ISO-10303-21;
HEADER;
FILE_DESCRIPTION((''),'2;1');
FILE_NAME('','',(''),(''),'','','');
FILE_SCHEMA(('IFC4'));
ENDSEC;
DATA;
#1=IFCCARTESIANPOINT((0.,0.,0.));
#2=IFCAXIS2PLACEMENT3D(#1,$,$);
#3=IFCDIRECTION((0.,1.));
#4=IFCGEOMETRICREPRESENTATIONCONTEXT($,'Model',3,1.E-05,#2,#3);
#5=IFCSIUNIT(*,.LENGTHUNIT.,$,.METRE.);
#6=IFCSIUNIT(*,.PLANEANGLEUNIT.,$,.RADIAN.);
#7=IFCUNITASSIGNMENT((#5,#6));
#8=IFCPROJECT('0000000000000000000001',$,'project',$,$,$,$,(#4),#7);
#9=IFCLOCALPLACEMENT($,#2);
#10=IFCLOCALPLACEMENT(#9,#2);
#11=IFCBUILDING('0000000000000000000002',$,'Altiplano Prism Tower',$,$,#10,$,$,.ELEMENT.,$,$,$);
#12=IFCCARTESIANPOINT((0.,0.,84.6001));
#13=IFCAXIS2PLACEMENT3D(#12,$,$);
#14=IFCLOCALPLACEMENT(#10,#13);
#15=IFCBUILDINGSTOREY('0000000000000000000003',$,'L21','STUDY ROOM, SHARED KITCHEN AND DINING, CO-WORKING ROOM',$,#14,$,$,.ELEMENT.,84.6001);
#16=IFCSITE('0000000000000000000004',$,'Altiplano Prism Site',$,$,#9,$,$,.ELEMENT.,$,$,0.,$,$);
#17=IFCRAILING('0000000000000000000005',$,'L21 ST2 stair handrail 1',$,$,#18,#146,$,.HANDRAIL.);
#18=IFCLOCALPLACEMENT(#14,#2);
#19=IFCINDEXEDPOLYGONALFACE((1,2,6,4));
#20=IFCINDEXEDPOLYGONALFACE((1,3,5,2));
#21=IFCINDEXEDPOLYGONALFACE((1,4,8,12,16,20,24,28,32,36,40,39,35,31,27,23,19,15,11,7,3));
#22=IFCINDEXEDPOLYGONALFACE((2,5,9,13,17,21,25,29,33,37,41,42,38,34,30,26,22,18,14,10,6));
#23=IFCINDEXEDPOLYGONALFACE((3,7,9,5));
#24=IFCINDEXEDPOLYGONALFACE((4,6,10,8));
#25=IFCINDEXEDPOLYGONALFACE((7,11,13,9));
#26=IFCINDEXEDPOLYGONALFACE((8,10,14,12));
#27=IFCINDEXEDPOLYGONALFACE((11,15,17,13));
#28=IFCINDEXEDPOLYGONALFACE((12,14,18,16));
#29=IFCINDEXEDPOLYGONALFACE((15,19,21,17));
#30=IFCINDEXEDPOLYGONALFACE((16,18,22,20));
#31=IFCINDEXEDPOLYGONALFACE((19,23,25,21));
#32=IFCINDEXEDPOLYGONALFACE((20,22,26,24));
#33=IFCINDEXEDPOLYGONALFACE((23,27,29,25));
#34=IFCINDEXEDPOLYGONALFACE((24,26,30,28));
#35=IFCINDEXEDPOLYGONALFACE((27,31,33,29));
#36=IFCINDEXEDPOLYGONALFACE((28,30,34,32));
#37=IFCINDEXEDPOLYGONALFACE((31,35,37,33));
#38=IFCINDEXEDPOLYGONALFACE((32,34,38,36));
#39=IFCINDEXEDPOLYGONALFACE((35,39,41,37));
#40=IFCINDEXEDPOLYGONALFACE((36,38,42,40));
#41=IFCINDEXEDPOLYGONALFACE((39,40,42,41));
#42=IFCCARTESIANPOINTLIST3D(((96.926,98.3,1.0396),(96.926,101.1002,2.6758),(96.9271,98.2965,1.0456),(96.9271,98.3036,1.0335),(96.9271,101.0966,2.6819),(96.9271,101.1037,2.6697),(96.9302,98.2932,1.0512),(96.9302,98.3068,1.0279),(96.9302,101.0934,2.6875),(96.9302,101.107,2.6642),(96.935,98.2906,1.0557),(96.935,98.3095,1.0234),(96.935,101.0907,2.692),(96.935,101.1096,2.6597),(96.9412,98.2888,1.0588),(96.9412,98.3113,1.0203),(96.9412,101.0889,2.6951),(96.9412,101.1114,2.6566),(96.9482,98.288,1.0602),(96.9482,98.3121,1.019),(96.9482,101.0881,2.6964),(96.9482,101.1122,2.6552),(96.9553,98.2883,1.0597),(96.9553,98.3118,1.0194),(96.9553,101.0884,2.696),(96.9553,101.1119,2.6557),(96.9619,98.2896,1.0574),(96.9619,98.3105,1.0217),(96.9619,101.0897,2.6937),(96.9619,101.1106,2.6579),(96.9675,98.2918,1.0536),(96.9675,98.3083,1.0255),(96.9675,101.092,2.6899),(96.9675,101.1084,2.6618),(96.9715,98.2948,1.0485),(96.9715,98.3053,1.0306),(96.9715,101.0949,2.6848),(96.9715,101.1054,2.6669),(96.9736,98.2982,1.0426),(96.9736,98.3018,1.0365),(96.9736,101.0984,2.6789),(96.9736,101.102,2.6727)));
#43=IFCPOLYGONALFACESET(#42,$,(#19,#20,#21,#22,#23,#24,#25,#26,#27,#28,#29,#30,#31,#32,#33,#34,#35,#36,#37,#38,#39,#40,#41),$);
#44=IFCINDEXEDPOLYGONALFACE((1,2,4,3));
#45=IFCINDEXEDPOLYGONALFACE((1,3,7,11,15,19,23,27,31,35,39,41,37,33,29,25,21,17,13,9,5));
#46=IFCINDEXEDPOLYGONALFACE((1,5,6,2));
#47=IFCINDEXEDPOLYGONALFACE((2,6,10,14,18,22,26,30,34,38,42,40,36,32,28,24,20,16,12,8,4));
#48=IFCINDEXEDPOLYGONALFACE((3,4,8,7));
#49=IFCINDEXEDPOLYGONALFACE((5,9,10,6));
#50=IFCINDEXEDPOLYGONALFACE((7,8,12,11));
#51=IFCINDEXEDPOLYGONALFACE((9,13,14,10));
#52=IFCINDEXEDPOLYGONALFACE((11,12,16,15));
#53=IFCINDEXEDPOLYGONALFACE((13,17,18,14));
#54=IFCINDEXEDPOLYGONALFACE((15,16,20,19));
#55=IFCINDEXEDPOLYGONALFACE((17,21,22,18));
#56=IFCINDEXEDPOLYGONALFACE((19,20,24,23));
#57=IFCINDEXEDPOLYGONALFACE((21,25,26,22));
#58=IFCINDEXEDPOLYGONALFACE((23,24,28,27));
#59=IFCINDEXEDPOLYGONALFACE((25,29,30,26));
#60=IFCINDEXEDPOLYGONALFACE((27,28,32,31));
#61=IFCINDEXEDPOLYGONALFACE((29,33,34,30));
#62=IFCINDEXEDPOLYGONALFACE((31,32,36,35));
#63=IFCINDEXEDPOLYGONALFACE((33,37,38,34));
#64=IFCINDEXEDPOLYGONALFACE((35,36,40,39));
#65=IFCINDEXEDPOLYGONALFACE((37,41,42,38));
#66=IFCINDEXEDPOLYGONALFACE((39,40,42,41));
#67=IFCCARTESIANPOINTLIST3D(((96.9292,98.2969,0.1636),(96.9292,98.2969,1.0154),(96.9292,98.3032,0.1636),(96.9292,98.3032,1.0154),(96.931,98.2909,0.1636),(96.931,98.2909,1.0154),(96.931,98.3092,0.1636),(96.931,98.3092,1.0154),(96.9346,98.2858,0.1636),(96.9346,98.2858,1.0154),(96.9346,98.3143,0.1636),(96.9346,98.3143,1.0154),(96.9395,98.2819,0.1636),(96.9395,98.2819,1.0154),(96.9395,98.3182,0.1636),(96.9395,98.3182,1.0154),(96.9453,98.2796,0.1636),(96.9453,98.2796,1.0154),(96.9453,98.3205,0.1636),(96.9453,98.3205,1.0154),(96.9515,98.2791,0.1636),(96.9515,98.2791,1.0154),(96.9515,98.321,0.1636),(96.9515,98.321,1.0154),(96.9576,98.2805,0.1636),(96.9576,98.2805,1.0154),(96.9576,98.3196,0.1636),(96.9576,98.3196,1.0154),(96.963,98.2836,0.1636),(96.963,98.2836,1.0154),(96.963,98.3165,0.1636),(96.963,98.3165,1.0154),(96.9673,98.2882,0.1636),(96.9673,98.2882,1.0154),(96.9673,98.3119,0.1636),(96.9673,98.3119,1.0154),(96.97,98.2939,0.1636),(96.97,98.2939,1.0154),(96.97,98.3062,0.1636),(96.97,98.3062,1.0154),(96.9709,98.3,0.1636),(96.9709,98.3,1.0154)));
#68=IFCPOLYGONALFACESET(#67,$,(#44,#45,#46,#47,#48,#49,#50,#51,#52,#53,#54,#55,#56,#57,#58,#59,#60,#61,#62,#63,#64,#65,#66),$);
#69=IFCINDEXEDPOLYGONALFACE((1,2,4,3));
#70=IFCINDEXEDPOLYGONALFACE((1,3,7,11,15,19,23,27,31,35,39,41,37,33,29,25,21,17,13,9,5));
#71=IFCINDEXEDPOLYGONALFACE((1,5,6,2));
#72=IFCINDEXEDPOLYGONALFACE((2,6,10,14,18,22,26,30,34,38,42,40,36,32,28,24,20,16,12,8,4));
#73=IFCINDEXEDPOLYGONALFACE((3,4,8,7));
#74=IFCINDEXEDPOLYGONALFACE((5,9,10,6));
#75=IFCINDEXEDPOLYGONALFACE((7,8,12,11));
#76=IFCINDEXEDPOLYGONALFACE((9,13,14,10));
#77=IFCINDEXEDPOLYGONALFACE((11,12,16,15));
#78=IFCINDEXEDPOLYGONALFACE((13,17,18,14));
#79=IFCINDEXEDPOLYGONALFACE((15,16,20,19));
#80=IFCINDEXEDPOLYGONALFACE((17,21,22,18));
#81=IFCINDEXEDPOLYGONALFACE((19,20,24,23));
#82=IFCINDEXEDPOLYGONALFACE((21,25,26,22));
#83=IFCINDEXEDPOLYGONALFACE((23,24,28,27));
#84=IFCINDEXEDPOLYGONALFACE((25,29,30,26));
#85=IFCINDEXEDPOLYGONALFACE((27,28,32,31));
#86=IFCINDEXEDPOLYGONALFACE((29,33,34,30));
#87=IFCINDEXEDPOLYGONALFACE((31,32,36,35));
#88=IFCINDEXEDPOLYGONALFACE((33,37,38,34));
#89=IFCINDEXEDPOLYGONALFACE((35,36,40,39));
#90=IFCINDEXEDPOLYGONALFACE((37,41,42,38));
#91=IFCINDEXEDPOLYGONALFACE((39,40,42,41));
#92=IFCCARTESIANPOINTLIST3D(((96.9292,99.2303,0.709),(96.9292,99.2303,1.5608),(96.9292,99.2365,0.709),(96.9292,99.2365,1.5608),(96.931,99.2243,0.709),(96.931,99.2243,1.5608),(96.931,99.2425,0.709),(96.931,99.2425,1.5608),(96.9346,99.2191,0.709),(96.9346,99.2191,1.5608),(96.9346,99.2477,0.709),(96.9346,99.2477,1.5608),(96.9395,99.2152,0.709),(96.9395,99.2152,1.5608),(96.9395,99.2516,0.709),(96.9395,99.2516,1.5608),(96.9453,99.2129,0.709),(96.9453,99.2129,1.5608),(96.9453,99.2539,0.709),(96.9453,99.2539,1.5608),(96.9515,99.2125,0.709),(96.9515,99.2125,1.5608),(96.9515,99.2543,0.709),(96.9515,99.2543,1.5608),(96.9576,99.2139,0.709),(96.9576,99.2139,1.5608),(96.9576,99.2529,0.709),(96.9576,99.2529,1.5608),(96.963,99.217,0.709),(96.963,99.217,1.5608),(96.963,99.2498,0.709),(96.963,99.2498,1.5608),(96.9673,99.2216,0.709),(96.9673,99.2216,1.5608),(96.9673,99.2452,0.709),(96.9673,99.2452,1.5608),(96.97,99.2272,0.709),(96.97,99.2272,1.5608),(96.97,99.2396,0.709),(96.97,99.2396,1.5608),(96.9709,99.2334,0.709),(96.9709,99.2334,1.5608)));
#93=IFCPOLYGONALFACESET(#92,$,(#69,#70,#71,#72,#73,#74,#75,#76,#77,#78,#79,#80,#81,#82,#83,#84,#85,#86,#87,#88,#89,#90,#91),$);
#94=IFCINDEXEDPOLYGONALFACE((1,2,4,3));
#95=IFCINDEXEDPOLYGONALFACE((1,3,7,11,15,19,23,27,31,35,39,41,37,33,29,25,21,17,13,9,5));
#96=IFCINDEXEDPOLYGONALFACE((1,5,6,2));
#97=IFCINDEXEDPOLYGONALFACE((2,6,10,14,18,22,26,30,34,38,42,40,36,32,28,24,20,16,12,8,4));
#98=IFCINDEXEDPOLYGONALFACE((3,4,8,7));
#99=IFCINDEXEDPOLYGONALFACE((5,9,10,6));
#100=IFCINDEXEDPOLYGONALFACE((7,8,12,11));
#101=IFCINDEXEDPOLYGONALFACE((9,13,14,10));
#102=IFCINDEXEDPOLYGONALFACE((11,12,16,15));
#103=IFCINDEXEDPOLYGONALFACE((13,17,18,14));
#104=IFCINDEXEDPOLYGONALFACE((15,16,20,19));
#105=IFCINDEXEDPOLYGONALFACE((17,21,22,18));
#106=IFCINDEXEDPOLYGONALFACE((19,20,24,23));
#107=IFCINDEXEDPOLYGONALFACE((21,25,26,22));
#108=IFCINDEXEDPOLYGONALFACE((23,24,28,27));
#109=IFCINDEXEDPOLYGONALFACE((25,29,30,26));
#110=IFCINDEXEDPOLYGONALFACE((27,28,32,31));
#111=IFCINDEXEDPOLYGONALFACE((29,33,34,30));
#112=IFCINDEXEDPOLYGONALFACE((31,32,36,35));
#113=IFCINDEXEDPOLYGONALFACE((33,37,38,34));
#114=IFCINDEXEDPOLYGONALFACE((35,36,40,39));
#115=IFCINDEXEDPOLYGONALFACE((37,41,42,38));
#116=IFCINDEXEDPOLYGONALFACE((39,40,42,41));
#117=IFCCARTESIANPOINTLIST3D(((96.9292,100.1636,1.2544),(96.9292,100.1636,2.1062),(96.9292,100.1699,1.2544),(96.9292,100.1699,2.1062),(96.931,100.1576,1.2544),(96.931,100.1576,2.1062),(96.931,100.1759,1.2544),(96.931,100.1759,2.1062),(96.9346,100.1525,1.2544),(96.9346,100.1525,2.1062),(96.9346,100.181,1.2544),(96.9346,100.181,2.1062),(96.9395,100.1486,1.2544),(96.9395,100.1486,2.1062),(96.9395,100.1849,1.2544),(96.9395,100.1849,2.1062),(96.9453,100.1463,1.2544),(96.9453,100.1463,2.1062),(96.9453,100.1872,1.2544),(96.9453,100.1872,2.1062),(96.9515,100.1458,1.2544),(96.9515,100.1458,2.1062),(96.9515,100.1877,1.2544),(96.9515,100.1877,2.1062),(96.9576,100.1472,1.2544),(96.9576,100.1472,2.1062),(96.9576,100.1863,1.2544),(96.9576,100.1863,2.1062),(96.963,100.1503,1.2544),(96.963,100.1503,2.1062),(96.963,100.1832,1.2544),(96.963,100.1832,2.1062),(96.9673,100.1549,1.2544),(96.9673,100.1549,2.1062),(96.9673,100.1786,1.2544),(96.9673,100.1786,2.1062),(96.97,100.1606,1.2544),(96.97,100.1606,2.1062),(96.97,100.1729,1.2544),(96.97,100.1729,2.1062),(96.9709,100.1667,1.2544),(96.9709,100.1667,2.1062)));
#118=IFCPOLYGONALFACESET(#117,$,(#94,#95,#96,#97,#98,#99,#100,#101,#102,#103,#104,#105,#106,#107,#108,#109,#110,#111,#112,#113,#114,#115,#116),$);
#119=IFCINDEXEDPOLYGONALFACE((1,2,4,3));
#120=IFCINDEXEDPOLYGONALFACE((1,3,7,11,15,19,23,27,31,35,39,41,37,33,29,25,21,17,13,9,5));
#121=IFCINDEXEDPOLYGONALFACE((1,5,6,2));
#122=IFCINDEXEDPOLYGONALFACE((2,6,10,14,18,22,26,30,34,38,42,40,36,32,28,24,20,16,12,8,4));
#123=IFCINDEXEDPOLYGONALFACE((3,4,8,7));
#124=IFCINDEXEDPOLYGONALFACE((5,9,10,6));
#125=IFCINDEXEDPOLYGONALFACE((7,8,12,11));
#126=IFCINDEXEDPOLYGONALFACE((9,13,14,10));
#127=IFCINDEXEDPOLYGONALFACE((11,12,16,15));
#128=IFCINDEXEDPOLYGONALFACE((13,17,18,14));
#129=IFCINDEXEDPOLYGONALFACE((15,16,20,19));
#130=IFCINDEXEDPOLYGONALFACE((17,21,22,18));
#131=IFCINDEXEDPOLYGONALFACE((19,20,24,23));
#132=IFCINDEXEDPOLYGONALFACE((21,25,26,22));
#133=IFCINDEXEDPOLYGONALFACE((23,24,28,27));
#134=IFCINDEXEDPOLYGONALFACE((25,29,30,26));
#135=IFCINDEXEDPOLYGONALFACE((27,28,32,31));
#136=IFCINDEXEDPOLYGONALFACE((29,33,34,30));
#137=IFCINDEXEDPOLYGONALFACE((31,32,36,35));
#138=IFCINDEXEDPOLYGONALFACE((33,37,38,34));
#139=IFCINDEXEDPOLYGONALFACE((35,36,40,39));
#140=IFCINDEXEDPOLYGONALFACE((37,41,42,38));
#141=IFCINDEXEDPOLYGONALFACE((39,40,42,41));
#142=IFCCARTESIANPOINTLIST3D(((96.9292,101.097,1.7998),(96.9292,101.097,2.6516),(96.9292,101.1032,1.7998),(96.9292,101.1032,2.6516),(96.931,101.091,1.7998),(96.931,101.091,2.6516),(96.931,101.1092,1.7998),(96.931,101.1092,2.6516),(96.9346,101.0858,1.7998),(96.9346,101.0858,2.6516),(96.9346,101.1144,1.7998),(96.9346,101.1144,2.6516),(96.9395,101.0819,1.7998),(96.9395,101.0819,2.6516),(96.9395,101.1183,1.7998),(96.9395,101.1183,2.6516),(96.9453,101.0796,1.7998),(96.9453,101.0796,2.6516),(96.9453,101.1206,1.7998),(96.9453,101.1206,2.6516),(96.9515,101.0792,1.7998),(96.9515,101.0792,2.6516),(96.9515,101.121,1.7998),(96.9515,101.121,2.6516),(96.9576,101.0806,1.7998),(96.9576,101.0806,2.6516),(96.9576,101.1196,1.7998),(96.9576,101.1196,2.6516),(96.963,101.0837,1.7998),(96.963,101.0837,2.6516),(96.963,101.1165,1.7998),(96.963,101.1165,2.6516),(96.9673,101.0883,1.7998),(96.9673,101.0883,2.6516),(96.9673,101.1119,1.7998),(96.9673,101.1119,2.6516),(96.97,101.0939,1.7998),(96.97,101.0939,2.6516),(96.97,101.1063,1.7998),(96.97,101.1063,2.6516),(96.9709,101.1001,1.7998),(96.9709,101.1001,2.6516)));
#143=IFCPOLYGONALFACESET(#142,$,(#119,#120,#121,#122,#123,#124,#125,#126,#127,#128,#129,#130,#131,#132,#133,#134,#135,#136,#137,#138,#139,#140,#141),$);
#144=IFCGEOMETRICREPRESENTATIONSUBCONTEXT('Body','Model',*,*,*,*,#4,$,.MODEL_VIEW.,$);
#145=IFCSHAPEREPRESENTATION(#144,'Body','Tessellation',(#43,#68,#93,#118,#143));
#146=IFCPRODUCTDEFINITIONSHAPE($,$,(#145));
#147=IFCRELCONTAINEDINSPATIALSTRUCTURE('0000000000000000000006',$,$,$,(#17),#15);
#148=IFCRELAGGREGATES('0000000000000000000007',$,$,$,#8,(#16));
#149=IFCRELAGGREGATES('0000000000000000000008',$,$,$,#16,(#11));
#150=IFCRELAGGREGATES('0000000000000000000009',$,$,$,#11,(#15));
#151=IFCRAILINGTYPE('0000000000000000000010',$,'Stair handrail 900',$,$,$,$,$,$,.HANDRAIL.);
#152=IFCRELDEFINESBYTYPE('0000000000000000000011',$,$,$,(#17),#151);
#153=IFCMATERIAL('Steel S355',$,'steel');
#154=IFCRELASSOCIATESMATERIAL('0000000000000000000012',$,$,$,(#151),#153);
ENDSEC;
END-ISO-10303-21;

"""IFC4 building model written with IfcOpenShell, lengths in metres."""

from ifc_helpers import new_model, si_unit, direction, frame, origin, origin_2d, place, context, subcontext, project, spatial, circle, extrude, material, type_object, element, save


model = new_model("IFC4")

# Units and contexts
model_context = context("Model", 3, precision=1e-05, world=origin(), true_north=direction((0.0, 1.0)))
body_context = subcontext(model_context, "Body", "Model", "MODEL_VIEW")
ifc_project = project(units=[si_unit("LENGTHUNIT", "METRE"), si_unit("PLANEANGLEUNIT", "RADIAN")], contexts=[model_context])

# Site, building, storey
site_placement = place(None, origin())
site = spatial("IfcSite", under=ifc_project, at=site_placement, Name="Altiplano Prism Site", CompositionType="ELEMENT", RefElevation=0.0)
building_placement = place(site_placement, origin())
building = spatial("IfcBuilding", under=site, at=building_placement, Name="Altiplano Prism Tower", CompositionType="ELEMENT")
storey_placement = place(building_placement, frame((0.0, 0.0, 84.6001)))
storey = spatial("IfcBuildingStorey", under=building, at=storey_placement, Name="L21", Description="STUDY ROOM, SHARED KITCHEN AND DINING, CO-WORKING ROOM", CompositionType="ELEMENT", Elevation=84.6001)

# Railing
ifc_material_1 = material(Name="Steel S355", Category="steel")
railing_type_1 = type_object("IfcRailingType", Name="Stair handrail 900", PredefinedType="HANDRAIL", material=ifc_material_1)
railing_1_placement = place(storey_placement, frame((96.95, 98.3, 0.1636)))
element("IfcRailing", 1, at=railing_1_placement, inside=storey, type_object=railing_type_1, Name="L21 ST2 stair handrail 1", PredefinedType="HANDRAIL", context=body_context, shape_type="SweptSolid", body=[
    extrude(circle(Radius=0.0239, at=origin_2d()), frame((0.0, 0.0, 0.876), z_axis=(0.0, 0.863394, 0.504531), x_axis=(-1.0, 0.0, 0.0)), (0.0, 0.0, 1.0), 3.2432),
    extrude(circle(Radius=0.021, at=origin_2d()), origin(), (0.0, 0.0, 1.0), 0.8518),
    extrude(circle(Radius=0.021, at=origin_2d()), frame((0.0, 0.9333, 0.5454)), (0.0, 0.0, 1.0), 0.8518),
    extrude(circle(Radius=0.021, at=origin_2d()), frame((0.0, 1.8667, 1.0908)), (0.0, 0.0, 1.0), 0.8518),
    extrude(circle(Radius=0.021, at=origin_2d()), frame((0.0, 2.8, 1.6362)), (0.0, 0.0, 1.0), 0.8518),
])

save(model, "model.ifc")
